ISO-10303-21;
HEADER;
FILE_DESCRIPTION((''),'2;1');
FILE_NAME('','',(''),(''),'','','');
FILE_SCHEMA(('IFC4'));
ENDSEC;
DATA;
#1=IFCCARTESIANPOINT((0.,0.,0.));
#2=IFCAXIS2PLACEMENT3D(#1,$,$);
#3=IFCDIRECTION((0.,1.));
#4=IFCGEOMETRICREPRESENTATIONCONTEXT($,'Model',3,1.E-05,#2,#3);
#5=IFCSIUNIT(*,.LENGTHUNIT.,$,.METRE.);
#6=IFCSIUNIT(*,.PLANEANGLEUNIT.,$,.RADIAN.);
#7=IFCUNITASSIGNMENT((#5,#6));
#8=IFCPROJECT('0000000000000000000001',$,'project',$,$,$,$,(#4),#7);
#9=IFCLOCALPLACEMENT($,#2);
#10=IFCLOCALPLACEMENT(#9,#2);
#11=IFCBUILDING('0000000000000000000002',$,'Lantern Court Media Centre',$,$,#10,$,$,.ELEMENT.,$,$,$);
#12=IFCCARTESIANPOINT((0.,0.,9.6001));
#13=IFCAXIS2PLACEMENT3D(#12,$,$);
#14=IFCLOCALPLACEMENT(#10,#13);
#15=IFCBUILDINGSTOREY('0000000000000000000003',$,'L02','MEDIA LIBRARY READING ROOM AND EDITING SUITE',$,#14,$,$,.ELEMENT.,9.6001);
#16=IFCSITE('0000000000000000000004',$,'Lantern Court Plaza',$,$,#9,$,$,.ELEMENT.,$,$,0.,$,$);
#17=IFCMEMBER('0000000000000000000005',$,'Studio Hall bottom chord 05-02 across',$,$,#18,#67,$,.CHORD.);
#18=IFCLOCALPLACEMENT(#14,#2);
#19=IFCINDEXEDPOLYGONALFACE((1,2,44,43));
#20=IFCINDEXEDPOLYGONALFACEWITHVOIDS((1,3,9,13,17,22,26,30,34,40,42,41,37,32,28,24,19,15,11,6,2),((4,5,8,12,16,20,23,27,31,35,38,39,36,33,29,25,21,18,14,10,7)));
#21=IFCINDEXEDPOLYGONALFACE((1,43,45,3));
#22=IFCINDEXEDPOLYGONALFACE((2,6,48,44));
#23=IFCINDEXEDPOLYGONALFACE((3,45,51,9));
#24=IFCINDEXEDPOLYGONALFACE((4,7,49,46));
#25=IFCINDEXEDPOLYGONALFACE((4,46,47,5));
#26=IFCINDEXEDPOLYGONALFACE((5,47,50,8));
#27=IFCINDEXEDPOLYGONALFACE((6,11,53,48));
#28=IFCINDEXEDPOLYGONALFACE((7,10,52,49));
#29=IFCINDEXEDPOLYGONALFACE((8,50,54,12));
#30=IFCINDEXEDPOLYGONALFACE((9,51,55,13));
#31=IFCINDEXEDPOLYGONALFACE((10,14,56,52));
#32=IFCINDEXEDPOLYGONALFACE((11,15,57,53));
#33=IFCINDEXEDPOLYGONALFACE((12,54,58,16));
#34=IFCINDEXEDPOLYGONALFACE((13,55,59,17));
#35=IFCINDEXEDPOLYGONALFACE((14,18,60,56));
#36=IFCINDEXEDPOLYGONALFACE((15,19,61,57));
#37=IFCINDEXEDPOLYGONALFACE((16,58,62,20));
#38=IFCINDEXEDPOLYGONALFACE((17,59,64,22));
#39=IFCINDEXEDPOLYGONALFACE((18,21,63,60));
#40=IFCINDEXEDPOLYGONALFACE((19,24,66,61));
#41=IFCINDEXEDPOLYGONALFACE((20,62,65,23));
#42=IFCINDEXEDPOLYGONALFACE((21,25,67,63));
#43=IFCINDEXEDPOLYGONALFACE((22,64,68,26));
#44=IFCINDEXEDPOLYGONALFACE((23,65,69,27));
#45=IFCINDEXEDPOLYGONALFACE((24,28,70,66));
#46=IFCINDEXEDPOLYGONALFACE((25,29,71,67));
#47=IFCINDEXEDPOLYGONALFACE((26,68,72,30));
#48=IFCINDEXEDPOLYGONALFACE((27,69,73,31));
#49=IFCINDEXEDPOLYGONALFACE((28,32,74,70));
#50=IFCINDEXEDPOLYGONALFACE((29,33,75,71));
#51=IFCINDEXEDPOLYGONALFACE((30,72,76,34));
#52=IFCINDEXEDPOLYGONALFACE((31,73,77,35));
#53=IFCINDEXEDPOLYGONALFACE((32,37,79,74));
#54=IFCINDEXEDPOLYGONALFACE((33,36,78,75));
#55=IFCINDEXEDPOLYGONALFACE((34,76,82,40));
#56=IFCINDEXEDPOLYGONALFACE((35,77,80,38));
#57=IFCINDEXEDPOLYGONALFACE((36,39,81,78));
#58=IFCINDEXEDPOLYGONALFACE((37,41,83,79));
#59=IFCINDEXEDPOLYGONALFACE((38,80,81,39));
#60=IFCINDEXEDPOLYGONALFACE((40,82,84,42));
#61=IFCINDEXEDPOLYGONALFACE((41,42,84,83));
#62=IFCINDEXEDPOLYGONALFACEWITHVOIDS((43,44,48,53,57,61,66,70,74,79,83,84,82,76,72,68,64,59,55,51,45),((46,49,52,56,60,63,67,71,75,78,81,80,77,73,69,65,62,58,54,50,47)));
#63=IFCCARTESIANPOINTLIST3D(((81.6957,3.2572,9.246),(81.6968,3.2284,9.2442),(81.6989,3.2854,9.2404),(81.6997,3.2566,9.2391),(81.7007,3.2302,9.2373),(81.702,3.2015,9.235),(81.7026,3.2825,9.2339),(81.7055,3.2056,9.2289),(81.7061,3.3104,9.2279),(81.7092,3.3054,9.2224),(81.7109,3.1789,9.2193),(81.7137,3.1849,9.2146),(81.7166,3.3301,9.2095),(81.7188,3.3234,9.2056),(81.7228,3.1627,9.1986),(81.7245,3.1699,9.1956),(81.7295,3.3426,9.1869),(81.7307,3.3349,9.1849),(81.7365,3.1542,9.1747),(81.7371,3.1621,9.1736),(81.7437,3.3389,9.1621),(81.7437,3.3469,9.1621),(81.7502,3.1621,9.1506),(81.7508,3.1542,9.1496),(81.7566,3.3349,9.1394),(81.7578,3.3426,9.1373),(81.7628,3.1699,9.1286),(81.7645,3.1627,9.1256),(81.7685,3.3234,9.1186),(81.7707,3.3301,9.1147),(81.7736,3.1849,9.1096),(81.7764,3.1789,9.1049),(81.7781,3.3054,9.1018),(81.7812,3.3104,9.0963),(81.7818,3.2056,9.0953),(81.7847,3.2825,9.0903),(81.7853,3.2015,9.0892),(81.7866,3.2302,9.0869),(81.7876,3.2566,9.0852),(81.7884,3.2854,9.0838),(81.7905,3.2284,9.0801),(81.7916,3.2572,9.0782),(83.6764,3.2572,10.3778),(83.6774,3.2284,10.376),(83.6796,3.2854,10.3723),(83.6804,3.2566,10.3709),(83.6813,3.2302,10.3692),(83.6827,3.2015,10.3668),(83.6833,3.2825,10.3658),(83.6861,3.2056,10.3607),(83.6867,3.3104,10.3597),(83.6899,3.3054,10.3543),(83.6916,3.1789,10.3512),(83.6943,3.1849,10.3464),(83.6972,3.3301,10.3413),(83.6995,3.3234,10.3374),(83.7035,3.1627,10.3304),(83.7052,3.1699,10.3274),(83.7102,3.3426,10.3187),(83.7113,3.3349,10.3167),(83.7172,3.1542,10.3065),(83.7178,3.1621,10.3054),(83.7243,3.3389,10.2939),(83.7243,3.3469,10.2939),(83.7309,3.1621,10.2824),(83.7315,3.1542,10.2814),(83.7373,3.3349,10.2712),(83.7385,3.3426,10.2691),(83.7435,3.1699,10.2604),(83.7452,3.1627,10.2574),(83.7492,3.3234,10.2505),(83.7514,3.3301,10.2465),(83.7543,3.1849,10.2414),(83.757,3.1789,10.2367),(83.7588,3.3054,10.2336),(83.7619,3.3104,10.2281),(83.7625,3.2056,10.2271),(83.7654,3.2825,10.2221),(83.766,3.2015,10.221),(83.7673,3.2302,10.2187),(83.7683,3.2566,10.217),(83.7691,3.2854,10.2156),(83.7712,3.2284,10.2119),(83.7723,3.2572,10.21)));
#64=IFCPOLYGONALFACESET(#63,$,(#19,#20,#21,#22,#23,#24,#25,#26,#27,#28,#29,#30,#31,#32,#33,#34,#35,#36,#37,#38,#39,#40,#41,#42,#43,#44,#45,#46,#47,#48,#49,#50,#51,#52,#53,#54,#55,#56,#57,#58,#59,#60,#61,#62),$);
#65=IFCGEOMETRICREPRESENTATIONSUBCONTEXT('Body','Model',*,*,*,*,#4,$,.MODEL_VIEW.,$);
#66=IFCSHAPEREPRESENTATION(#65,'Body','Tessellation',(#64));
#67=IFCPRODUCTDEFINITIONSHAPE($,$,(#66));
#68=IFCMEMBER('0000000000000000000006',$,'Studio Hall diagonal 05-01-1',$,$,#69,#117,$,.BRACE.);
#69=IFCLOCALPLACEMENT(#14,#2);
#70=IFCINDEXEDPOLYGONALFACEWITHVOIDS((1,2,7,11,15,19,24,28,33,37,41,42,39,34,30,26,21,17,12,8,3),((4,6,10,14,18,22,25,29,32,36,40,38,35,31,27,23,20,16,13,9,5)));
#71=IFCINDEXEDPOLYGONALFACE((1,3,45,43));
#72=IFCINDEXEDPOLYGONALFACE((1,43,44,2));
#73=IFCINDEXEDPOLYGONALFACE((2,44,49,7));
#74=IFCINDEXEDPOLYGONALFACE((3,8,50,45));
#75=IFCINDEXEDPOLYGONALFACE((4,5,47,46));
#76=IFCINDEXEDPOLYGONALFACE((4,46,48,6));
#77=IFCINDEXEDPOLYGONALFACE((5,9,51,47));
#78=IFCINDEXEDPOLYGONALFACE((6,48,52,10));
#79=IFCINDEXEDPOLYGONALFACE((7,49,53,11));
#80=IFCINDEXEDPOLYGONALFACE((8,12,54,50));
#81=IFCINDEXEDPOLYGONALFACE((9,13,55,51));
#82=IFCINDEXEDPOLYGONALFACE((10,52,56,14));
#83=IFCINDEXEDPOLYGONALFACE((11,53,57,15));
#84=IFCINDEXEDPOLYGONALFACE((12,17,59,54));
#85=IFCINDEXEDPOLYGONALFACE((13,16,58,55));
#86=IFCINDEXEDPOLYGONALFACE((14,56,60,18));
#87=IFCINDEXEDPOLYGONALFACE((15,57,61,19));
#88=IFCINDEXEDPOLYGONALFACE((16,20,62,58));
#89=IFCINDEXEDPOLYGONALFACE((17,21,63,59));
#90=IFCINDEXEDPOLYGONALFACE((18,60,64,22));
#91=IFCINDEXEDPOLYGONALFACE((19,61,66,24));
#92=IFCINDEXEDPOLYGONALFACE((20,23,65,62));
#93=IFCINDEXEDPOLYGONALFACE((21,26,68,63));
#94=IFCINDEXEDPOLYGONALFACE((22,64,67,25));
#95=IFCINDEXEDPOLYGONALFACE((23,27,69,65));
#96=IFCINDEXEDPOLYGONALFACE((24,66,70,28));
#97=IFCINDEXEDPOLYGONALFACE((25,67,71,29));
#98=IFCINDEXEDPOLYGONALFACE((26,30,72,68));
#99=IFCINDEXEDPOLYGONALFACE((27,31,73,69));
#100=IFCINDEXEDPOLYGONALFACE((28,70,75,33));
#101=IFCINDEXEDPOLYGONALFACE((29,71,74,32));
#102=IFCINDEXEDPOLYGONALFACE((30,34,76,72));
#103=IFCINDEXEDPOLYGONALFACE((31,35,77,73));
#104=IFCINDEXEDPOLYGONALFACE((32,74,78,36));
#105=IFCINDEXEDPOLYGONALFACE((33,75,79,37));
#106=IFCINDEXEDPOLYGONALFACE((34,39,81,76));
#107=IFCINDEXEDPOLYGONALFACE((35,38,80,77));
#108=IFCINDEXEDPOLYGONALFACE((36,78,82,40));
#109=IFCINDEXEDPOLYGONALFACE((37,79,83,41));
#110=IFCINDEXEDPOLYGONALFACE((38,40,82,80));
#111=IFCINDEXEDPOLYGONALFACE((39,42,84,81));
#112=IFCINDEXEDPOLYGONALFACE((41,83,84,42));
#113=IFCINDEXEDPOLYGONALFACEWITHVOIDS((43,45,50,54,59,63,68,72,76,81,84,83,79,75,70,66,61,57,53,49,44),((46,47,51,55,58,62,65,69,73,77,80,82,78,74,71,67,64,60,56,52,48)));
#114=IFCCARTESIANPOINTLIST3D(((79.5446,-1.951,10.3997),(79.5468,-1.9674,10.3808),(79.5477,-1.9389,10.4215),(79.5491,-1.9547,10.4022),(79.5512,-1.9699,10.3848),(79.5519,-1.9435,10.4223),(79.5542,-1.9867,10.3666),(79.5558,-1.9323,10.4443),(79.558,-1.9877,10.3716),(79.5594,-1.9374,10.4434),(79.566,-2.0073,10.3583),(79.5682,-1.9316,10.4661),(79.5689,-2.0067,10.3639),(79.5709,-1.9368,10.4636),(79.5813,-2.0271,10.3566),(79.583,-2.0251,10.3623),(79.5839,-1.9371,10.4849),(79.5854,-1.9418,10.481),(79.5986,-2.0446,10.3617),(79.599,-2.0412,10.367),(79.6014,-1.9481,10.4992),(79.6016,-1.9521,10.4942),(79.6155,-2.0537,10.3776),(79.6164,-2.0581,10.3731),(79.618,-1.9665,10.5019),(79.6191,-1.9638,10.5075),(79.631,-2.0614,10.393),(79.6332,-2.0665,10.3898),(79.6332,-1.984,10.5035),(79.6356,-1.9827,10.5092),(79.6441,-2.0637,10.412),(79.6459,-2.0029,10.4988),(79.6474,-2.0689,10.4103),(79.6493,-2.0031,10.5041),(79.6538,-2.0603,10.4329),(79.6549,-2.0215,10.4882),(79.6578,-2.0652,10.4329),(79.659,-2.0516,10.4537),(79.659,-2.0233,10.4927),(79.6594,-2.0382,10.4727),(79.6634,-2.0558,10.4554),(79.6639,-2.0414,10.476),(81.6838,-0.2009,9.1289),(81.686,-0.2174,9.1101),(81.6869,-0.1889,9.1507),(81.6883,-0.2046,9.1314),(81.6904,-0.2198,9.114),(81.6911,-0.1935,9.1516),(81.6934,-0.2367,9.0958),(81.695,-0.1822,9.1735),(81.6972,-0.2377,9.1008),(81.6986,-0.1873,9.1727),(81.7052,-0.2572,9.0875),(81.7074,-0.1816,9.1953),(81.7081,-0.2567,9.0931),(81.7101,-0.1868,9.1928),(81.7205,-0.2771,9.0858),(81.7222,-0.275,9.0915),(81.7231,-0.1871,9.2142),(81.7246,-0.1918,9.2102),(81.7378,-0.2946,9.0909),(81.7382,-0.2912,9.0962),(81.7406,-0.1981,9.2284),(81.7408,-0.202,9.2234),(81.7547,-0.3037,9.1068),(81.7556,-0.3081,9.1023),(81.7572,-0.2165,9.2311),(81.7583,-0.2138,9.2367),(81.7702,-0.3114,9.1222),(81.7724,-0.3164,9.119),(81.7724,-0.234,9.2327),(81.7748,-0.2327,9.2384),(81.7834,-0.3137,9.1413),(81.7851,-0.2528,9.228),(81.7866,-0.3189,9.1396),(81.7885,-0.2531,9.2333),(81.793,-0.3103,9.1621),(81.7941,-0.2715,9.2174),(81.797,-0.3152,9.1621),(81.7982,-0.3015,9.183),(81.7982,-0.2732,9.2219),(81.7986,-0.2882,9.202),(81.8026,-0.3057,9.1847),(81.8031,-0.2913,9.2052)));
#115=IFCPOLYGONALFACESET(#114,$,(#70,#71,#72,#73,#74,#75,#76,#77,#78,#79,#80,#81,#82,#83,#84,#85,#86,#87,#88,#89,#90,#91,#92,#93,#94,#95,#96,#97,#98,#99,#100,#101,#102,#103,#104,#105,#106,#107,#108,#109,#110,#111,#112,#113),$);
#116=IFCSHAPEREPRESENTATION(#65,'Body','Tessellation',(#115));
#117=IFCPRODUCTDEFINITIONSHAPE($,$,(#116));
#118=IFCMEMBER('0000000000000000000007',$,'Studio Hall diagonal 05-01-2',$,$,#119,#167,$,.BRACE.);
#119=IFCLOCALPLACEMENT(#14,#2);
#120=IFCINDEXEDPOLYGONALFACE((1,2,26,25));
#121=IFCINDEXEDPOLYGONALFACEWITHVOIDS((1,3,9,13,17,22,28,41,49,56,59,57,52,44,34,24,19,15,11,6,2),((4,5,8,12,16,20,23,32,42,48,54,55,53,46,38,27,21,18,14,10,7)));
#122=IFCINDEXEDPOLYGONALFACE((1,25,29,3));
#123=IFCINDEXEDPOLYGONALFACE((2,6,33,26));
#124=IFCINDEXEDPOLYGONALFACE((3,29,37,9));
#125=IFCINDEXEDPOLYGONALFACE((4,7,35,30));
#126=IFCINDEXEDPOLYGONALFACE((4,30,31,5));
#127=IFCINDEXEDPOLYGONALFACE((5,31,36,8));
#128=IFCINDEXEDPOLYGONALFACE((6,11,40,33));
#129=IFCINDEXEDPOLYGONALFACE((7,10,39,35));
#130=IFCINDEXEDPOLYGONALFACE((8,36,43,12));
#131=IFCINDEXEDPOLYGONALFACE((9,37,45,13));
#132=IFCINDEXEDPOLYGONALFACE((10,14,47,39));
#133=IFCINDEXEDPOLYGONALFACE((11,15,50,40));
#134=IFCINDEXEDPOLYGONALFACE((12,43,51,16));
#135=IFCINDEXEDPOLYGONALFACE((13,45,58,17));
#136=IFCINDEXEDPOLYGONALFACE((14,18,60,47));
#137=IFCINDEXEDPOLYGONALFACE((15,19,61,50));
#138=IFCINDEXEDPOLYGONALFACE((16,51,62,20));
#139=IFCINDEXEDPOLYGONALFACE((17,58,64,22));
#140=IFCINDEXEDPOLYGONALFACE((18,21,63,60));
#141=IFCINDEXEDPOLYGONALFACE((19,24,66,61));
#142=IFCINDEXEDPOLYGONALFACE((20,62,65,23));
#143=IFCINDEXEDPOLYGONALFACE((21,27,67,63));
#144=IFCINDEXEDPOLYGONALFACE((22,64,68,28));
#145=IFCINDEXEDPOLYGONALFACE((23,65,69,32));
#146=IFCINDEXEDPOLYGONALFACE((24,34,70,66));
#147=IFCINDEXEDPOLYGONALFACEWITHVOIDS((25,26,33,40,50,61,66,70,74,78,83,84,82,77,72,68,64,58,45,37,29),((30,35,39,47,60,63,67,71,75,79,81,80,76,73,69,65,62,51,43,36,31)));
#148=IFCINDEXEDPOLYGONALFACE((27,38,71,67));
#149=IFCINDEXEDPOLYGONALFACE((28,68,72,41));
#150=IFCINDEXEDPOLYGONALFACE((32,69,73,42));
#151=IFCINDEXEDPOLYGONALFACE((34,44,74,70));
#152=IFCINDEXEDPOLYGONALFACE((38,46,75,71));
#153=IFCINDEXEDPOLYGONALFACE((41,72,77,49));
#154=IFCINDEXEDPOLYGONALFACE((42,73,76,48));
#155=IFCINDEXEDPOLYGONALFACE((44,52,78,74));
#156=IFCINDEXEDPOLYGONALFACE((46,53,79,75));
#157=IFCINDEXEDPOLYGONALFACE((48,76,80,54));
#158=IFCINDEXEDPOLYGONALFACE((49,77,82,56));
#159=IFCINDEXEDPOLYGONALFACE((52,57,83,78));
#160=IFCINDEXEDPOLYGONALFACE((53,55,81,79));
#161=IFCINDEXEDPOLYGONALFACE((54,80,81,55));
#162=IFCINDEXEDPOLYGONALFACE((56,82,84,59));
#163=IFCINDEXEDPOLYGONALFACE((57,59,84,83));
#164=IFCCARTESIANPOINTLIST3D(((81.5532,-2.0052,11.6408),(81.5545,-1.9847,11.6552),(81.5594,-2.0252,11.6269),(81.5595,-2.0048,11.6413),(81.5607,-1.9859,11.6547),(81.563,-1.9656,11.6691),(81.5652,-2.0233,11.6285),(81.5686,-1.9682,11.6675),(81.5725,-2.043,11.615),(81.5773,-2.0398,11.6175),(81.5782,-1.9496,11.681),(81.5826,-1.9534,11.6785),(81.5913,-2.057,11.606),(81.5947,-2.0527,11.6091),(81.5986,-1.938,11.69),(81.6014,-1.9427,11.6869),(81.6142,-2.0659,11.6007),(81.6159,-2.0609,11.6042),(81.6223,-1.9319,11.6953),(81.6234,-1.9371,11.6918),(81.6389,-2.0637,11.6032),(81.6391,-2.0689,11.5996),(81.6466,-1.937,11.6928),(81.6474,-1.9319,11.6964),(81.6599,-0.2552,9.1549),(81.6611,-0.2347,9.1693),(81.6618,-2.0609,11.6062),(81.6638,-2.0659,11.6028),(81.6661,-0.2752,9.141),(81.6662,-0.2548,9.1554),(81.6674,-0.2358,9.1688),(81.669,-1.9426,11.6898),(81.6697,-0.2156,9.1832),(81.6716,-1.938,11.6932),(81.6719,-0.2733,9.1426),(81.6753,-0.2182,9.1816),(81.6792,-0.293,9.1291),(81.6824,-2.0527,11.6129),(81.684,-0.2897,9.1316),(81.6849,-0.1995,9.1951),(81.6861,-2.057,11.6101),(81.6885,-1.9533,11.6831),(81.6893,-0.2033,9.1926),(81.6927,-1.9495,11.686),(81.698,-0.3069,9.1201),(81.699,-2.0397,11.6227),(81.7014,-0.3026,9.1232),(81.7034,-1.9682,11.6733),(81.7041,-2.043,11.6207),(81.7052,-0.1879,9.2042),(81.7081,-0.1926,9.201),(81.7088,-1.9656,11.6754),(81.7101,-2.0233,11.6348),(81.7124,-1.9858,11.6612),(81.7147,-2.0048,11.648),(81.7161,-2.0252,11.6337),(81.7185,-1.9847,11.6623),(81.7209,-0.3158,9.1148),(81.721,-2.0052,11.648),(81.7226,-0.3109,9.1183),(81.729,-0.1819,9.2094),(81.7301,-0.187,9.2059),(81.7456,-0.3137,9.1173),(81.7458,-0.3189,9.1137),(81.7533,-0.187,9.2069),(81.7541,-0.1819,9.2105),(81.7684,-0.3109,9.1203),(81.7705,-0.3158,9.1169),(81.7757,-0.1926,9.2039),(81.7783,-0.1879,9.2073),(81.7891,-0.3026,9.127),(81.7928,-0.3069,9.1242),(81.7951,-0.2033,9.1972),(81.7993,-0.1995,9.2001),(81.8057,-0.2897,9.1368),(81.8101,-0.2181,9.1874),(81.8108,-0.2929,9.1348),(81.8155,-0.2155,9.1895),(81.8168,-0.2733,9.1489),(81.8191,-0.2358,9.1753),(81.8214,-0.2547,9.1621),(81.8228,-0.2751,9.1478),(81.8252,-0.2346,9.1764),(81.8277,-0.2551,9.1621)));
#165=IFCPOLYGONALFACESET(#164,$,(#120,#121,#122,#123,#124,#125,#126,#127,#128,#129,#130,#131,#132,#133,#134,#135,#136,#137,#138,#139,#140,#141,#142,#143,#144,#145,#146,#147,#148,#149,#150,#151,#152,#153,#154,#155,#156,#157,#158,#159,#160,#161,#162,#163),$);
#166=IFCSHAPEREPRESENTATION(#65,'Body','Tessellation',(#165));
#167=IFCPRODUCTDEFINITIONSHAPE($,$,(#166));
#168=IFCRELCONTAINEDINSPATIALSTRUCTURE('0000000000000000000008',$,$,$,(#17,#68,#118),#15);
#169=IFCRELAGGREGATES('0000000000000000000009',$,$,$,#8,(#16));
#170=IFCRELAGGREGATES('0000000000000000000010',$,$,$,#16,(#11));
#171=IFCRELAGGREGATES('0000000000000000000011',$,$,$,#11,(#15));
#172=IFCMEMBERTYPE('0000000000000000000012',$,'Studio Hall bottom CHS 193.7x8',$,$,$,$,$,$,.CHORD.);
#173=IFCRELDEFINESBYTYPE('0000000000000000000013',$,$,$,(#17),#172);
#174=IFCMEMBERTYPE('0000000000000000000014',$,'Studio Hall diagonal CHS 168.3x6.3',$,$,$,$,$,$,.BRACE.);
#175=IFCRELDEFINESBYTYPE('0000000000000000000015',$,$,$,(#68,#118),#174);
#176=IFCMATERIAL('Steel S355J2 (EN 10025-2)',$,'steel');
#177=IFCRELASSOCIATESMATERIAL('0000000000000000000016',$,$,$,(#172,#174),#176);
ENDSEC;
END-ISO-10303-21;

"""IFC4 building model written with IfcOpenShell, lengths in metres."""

from ifc_helpers import new_model, si_unit, direction, frame, origin, origin_2d, place, context, subcontext, project, spatial, hollow_circle, extrude, material, material_profile, profile_set, type_object, element, save


model = new_model("IFC4")

# Units and contexts
model_context = context("Model", 3, precision=1e-05, world=origin(), true_north=direction((0.0, 1.0)))
body_context = subcontext(model_context, "Body", "Model", "MODEL_VIEW")
ifc_project = project(units=[si_unit("LENGTHUNIT", "METRE"), si_unit("PLANEANGLEUNIT", "RADIAN")], contexts=[model_context])

# Site, building, storey
site_placement = place(None, origin())
site = spatial("IfcSite", under=ifc_project, at=site_placement, Name="Lantern Court Plaza", CompositionType="ELEMENT", RefElevation=0.0)
building_placement = place(site_placement, origin())
building = spatial("IfcBuilding", under=site, at=building_placement, Name="Lantern Court Media Centre", CompositionType="ELEMENT")
storey_placement = place(building_placement, frame((0.0, 0.0, 9.6001)))
storey = spatial("IfcBuildingStorey", under=building, at=storey_placement, Name="L02", Description="MEDIA LIBRARY READING ROOM AND EDITING SUITE", CompositionType="ELEMENT", Elevation=9.6001)

# Members
ifc_material = material(Name="Steel S355J2 (EN 10025-2)", Category="steel")
ifc_material_profile_1 = material_profile(ifc_material, hollow_circle(Radius=0.0969, WallThickness=0.0081, at=origin_2d()), Name="Studio Hall bottom CHS 193.7x8")
ifc_profile_set_1 = profile_set([ifc_material_profile_1], Name="Steel S355J2 (EN 10025-2)")
member_type_1 = type_object("IfcMemberType", Name="Studio Hall bottom CHS 193.7x8", PredefinedType="CHORD", material=ifc_profile_set_1)
for number, where, z_axis, x_axis, name in (
    (1, (81.7437, 3.25, 9.1621), (0.868243, 0.0, 0.496139), (0.0, 1.0, 0.0), "Studio Hall bottom chord 05-02 across"),
):
    element("IfcMember", number, at=place(storey_placement, frame(where, z_axis=z_axis, x_axis=x_axis)), inside=storey, type_object=member_type_1, Name=name, PredefinedType="CHORD", context=body_context, shape_type="SweptSolid", body=[
        extrude(hollow_circle(Radius=0.0969, WallThickness=0.0081, at=origin_2d()), origin(), (0.0, 0.0, 1.0), 2.2812),
    ])
ifc_material_profile_2 = material_profile(ifc_material, hollow_circle(Radius=0.0842, WallThickness=0.0063, at=origin_2d()), Name="Studio Hall diagonal CHS 168.3x6.3")
ifc_profile_set_2 = profile_set([ifc_material_profile_2], Name="Steel S355J2 (EN 10025-2)")
member_type_2 = type_object("IfcMemberType", Name="Studio Hall diagonal CHS 168.3x6.3", PredefinedType="BRACE", material=ifc_profile_set_2)
for number, where, z_axis, x_axis, name in (
    (2, (81.7437, -0.25, 9.1621), (-0.703225, -0.575293, 0.417746), (0.63319, -0.773997, 0.0), "Studio Hall diagonal 05-01-1"),
    (3, (81.7437, -0.25, 9.1621), (-0.035073, -0.575294, 0.817194), (0.998147, -0.060852, 0.0), "Studio Hall diagonal 05-01-2"),
):
    element("IfcMember", number, at=place(storey_placement, frame(where, z_axis=z_axis, x_axis=x_axis)), inside=storey, type_object=member_type_2, Name=name, PredefinedType="BRACE", context=body_context, shape_type="SweptSolid", body=[
        extrude(hollow_circle(Radius=0.0842, WallThickness=0.0063, at=origin_2d()), origin(), (0.0, 0.0, 1.0), 3.042),
    ])

save(model, "model.ifc")
